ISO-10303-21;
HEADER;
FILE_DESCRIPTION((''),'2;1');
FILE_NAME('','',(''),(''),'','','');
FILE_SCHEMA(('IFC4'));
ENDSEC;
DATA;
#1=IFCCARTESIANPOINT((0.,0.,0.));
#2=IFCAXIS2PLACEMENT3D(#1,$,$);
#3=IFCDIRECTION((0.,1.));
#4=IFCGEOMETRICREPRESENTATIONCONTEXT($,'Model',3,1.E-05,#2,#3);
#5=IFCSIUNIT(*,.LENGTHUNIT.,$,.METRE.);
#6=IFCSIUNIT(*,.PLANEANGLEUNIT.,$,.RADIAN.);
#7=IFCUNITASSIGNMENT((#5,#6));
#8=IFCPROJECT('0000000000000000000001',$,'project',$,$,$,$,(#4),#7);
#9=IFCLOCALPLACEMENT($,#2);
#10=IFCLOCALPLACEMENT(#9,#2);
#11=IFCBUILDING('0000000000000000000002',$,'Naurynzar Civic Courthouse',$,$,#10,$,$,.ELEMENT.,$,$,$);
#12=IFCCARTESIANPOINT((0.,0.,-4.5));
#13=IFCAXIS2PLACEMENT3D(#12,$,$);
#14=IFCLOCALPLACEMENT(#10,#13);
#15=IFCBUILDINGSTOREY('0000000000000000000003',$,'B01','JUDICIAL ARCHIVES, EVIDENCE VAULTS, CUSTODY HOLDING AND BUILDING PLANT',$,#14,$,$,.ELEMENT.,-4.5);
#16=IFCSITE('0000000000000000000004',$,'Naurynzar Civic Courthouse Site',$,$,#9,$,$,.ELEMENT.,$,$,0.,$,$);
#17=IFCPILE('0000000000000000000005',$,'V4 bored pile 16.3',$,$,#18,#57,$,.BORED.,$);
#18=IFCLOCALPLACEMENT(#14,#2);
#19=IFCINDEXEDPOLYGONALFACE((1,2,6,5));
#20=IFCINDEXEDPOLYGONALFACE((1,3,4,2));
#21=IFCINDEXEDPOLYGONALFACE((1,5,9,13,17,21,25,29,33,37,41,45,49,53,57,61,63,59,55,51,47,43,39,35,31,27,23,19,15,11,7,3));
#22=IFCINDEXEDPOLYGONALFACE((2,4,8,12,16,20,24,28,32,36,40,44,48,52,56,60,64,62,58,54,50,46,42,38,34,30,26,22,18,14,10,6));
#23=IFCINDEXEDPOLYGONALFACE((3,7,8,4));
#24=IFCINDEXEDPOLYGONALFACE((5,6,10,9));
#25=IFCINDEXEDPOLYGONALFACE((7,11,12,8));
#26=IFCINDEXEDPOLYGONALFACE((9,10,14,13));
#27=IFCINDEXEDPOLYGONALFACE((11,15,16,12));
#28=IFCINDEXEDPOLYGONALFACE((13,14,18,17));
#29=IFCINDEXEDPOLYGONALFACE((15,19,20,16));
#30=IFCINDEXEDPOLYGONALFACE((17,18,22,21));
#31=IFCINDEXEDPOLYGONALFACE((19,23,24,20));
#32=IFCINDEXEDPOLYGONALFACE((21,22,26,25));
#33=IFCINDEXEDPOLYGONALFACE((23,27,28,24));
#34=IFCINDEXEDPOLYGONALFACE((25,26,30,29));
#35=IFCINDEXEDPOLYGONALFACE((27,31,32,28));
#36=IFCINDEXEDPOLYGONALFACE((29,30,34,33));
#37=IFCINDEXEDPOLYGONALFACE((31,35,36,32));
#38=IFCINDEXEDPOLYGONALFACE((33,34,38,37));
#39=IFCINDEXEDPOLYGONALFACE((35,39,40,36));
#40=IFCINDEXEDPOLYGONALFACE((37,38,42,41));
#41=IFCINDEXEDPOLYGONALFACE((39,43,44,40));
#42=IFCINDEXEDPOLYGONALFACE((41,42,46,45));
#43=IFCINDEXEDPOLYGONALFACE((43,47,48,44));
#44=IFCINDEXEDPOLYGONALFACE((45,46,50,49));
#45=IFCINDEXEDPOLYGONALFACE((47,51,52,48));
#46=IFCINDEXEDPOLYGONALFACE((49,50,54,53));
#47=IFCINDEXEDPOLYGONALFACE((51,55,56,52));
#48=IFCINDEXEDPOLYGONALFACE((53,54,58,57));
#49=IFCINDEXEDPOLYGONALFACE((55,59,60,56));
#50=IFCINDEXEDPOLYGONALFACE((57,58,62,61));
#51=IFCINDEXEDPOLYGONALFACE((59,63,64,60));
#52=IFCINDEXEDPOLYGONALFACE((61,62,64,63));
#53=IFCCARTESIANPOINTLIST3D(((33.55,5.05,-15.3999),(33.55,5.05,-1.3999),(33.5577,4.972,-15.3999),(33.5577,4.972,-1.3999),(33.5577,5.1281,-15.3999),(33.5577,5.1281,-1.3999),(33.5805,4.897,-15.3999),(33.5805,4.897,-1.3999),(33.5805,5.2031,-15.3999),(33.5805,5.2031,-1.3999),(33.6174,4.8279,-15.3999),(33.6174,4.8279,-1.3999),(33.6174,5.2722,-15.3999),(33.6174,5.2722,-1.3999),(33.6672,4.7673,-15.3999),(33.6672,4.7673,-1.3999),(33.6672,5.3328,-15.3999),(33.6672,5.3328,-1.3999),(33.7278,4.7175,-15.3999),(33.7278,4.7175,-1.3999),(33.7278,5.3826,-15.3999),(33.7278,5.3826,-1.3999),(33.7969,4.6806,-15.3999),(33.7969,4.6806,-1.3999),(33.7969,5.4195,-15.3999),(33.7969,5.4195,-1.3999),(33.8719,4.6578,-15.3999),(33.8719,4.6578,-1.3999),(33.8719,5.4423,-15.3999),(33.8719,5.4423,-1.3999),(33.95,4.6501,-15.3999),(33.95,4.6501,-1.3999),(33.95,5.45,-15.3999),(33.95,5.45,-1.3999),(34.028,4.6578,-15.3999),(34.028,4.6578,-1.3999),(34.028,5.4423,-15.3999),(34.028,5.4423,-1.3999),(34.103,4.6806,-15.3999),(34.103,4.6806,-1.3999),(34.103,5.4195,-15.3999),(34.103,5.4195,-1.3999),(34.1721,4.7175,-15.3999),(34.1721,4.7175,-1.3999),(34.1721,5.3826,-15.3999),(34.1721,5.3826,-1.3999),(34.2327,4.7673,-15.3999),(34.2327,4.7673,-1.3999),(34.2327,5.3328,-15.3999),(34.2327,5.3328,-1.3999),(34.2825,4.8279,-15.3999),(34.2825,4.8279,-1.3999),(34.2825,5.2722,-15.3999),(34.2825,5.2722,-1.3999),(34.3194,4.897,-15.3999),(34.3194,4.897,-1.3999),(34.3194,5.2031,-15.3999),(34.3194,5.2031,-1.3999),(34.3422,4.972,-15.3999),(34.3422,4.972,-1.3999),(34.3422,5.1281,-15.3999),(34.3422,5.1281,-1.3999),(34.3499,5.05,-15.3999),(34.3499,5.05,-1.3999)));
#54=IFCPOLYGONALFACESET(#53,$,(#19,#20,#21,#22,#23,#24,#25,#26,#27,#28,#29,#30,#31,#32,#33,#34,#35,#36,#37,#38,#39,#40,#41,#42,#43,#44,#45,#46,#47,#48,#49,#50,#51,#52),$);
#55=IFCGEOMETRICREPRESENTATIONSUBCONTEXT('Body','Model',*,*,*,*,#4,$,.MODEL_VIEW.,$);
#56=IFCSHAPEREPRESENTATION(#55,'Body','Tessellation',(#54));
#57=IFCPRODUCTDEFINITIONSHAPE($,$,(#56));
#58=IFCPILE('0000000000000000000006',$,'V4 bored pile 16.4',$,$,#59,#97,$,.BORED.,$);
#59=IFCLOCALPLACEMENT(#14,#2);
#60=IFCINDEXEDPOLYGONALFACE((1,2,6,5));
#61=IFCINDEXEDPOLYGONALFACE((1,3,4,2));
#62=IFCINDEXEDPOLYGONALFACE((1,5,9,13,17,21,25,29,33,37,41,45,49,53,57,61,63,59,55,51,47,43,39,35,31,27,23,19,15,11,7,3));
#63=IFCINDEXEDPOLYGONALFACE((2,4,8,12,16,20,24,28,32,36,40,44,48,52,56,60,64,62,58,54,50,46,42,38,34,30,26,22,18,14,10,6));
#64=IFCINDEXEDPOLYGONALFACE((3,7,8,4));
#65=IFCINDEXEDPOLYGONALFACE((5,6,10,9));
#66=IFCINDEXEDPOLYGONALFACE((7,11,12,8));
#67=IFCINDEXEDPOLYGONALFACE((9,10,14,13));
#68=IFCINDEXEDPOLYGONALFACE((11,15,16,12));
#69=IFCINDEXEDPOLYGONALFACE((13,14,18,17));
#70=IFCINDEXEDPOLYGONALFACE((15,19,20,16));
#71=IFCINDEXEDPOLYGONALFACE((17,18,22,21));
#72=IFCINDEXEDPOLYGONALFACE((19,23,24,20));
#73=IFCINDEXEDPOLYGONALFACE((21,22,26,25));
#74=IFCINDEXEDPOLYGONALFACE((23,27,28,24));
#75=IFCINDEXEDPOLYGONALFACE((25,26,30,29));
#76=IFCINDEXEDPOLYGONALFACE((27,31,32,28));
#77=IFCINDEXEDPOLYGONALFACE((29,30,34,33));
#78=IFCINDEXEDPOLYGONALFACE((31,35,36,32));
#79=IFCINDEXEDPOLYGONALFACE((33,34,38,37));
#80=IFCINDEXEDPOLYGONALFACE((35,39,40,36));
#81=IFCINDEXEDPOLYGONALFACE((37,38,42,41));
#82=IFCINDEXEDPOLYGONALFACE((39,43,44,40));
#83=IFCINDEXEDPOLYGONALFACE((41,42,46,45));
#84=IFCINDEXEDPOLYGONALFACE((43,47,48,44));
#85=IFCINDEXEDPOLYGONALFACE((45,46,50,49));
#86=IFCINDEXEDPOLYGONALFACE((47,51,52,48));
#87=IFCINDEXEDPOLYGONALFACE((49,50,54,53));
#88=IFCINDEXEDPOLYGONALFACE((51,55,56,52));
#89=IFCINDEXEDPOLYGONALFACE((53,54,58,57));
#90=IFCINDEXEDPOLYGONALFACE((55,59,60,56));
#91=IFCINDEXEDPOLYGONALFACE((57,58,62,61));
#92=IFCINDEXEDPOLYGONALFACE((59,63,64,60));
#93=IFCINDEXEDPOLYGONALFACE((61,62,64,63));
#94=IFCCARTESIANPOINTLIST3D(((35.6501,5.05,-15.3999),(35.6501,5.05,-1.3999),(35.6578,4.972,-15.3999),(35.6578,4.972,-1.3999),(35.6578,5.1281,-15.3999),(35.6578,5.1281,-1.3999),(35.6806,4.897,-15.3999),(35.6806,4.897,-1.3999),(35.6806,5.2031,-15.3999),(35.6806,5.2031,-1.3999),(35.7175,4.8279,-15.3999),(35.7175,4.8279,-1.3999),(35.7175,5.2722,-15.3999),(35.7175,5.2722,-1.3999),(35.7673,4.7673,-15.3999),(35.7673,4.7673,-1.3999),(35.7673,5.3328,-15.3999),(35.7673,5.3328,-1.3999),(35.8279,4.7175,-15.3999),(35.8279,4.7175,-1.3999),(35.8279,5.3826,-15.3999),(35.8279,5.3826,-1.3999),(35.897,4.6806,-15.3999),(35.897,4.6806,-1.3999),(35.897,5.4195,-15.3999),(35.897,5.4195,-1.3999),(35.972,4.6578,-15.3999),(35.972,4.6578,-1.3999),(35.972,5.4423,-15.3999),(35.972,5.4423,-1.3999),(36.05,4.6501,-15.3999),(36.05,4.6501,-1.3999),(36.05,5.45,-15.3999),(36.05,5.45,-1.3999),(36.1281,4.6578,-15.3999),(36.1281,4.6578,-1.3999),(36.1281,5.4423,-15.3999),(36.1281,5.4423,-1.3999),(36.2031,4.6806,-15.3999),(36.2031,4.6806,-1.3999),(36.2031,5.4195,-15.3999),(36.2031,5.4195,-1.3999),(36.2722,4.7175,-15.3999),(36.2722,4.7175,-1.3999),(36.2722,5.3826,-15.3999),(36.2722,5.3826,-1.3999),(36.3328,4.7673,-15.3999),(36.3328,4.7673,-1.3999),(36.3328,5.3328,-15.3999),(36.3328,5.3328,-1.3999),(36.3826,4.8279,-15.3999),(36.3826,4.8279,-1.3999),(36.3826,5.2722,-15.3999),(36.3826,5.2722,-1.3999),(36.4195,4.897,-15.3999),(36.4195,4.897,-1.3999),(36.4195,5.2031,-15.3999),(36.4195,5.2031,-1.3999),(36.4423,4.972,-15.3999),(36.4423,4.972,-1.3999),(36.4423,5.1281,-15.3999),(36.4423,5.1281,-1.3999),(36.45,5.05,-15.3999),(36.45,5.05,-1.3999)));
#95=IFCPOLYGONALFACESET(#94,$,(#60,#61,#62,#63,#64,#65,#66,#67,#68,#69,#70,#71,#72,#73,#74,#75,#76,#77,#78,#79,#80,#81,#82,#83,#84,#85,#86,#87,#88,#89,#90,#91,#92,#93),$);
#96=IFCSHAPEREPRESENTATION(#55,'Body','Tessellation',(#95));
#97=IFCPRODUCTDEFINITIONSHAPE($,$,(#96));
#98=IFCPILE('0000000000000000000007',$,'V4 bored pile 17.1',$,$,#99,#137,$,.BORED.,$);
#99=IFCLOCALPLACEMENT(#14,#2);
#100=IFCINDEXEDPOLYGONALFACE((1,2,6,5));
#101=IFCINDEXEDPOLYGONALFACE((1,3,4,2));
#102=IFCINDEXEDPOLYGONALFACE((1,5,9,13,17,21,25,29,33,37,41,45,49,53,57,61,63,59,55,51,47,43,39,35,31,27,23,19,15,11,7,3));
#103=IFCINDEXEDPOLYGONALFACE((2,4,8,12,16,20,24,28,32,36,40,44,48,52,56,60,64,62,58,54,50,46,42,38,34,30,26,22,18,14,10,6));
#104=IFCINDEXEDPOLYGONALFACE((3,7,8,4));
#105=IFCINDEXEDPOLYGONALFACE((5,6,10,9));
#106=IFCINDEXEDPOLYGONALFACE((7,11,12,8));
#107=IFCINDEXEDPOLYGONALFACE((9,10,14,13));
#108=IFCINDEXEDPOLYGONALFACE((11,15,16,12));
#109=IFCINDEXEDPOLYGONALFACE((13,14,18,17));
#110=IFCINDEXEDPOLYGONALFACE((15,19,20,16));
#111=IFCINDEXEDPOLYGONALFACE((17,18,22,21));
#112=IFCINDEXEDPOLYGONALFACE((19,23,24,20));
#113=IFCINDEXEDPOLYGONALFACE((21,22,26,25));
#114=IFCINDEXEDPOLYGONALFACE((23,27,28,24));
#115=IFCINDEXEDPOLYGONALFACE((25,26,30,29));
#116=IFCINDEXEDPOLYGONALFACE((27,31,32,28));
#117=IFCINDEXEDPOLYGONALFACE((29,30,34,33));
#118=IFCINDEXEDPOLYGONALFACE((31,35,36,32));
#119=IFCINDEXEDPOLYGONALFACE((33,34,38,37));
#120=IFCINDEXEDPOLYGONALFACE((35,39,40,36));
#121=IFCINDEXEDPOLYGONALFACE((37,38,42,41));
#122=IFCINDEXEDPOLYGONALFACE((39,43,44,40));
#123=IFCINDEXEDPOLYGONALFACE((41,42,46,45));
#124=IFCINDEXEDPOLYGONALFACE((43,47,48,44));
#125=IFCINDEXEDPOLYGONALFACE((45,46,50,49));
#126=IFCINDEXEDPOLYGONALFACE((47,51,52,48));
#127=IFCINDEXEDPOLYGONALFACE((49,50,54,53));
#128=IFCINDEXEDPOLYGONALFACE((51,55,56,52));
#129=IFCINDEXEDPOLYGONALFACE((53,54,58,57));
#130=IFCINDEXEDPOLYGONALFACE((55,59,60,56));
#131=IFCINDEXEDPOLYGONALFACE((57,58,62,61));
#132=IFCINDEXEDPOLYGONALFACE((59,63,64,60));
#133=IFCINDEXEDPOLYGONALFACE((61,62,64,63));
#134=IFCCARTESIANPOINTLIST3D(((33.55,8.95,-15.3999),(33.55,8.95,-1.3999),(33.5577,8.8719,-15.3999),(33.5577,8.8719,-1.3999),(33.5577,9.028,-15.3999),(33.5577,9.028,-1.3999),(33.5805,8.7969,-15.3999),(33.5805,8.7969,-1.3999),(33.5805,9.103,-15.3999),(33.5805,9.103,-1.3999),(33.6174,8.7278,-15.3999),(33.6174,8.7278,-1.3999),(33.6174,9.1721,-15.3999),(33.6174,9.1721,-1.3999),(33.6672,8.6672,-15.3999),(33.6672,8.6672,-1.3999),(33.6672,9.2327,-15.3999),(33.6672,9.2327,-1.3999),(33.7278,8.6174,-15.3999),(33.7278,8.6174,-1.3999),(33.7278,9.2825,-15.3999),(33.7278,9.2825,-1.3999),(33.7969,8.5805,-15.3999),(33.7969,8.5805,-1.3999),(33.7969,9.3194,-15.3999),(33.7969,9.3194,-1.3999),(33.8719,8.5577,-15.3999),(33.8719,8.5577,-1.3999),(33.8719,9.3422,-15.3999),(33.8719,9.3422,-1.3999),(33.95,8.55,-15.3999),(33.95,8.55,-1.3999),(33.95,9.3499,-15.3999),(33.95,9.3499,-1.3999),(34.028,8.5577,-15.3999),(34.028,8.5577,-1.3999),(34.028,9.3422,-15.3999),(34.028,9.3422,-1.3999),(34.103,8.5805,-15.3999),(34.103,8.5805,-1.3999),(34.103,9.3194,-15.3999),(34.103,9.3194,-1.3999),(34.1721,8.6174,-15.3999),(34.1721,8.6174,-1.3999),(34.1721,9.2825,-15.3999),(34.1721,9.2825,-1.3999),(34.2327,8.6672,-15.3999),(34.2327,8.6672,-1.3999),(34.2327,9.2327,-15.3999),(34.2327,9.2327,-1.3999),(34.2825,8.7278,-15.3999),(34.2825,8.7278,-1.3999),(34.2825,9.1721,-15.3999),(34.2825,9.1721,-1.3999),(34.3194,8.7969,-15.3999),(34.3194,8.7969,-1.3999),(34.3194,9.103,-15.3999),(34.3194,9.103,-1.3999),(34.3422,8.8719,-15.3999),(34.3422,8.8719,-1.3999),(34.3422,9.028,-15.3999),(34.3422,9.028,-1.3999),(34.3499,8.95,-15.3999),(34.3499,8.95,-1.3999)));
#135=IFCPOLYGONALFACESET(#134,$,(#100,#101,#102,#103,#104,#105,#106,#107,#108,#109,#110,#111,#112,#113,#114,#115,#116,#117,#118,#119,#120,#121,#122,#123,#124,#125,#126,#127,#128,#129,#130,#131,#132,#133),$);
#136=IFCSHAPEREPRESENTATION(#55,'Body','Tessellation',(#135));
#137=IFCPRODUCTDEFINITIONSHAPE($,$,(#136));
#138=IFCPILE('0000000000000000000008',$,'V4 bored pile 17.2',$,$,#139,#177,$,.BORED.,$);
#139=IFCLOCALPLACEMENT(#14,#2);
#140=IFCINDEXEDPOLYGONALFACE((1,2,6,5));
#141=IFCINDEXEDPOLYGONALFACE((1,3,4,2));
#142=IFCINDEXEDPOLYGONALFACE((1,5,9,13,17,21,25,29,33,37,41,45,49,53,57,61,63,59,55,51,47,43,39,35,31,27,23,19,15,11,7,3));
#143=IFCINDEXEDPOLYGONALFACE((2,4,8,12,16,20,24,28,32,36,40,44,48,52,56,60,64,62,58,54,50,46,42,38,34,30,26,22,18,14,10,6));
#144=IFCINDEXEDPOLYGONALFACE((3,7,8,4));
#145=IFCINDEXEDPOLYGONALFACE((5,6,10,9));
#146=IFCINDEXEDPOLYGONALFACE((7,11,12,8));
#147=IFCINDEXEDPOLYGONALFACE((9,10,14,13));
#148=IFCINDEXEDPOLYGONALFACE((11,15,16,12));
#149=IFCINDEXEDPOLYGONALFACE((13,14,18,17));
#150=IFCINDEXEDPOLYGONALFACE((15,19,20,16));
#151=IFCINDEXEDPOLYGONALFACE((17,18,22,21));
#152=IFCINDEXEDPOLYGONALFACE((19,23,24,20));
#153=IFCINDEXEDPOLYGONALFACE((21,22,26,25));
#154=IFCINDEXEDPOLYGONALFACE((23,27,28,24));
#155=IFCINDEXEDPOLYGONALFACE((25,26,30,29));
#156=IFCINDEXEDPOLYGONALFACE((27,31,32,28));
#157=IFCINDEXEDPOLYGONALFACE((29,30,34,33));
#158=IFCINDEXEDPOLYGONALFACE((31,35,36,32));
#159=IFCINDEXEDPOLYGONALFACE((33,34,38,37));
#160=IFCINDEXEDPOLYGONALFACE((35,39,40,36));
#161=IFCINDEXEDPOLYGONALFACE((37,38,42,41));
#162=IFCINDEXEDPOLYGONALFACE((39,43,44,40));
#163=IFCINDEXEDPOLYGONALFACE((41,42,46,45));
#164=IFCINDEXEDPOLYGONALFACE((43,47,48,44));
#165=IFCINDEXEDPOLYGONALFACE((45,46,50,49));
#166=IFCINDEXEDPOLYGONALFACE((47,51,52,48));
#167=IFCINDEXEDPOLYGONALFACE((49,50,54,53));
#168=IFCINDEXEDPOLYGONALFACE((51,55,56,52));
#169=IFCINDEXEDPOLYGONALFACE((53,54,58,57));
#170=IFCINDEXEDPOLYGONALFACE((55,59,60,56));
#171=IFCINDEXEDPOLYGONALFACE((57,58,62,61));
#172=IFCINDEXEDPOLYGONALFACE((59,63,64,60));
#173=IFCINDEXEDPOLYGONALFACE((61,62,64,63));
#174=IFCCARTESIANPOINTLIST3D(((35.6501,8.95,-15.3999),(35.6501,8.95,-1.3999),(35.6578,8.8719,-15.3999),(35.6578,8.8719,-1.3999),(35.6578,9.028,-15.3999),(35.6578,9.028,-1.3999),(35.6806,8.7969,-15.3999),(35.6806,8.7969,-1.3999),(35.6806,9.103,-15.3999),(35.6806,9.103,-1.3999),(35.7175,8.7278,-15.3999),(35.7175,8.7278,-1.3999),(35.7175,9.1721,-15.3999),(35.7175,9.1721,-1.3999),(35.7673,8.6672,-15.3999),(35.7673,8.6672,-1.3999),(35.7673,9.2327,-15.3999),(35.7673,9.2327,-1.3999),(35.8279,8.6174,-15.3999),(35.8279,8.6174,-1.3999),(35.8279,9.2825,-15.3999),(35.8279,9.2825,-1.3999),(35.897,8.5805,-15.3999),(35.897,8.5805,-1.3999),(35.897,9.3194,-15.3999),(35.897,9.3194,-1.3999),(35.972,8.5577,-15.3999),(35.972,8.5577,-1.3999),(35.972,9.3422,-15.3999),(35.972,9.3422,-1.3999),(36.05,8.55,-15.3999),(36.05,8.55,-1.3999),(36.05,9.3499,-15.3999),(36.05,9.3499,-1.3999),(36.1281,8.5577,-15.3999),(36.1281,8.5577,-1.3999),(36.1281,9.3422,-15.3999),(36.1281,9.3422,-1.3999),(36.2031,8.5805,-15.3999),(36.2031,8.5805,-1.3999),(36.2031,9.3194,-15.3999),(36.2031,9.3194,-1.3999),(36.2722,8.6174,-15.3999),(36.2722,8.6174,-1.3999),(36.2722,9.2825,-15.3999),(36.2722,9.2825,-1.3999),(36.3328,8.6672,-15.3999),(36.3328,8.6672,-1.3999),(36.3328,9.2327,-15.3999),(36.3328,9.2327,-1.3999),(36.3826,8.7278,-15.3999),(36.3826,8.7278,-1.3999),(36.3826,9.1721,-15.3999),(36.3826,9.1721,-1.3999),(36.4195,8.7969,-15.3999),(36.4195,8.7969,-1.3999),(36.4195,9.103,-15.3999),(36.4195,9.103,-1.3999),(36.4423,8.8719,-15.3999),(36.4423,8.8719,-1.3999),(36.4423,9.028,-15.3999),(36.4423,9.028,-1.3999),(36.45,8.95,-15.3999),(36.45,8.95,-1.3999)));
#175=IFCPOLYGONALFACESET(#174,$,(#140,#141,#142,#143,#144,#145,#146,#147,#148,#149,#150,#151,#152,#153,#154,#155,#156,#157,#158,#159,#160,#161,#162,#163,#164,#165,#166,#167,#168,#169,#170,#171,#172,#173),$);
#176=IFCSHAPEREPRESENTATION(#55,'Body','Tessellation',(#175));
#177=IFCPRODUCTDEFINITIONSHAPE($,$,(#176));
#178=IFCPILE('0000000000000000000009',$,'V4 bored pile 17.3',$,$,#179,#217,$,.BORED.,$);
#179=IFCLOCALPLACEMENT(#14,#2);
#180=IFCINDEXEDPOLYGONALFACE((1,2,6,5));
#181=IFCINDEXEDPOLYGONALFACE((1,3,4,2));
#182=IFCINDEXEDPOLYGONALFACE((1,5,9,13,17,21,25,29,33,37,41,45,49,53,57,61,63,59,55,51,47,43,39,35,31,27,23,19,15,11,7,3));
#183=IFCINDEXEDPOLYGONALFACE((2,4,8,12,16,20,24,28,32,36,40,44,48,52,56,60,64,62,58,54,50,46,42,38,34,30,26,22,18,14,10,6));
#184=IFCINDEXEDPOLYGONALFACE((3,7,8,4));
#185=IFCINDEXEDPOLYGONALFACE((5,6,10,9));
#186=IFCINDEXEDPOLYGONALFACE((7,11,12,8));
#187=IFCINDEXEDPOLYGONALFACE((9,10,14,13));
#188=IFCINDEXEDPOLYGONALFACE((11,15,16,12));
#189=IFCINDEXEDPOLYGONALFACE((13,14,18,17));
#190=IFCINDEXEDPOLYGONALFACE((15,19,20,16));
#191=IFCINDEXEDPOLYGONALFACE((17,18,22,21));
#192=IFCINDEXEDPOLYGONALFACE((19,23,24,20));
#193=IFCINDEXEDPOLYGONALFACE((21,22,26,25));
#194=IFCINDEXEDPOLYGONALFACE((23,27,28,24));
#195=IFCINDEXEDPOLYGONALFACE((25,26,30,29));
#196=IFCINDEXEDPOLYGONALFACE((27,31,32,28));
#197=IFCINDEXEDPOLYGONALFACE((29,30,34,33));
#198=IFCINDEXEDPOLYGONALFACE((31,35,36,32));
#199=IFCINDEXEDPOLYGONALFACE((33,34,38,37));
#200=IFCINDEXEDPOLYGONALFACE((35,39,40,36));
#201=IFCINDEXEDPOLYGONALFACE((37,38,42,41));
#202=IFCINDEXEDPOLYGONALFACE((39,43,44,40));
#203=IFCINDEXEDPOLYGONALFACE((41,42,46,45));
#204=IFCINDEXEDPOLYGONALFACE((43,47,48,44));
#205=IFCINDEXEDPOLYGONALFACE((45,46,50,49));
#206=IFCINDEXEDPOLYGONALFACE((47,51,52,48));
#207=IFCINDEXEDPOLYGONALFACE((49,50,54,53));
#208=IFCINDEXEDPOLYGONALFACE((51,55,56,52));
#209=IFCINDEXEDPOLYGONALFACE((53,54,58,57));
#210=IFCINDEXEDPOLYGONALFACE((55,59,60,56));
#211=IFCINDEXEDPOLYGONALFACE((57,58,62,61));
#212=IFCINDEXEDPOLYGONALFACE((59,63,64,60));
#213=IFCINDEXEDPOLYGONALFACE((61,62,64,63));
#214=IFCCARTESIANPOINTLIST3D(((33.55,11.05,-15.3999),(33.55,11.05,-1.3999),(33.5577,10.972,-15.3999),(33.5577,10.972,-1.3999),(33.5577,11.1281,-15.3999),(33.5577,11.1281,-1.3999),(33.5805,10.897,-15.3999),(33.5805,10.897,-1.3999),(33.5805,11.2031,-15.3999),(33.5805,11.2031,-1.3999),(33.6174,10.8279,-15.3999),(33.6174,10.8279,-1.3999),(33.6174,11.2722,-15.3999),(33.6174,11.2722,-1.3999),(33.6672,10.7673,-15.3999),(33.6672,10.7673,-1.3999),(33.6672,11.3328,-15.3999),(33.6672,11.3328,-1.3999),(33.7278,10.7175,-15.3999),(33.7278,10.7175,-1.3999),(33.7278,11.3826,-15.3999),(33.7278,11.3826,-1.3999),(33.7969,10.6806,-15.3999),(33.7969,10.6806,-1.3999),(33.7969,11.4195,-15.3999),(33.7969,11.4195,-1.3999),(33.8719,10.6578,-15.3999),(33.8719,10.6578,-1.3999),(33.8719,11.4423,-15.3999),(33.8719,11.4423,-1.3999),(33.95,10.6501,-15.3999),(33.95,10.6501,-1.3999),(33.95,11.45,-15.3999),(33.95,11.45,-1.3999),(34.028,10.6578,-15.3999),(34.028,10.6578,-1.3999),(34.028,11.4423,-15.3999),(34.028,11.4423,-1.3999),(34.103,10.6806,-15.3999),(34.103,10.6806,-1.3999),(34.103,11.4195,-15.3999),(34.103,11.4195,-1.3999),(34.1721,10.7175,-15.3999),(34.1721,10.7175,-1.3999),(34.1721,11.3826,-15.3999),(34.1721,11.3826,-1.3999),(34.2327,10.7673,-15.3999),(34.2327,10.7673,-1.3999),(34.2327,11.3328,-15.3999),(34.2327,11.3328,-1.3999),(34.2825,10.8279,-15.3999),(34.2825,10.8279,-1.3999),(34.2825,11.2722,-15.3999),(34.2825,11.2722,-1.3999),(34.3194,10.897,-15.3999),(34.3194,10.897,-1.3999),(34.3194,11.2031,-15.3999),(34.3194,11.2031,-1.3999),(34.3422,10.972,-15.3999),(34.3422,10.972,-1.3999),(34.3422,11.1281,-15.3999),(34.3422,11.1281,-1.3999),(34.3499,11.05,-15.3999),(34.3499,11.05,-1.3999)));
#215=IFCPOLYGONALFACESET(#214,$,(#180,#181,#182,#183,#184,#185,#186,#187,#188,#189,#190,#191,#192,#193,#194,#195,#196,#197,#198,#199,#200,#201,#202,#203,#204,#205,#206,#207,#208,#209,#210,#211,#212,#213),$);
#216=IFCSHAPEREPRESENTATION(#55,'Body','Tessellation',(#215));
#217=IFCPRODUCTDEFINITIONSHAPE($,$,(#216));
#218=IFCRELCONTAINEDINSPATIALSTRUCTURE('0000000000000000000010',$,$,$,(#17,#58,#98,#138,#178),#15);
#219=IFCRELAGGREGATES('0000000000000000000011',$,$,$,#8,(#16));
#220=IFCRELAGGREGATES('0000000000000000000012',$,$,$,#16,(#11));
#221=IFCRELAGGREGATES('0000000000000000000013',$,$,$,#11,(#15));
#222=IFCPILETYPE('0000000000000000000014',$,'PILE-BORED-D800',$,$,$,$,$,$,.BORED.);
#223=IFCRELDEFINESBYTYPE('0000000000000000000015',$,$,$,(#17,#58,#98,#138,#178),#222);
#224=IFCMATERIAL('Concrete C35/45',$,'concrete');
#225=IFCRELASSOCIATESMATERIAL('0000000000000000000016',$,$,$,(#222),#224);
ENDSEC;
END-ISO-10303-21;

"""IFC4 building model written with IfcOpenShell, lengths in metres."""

from ifc_helpers import new_model, si_unit, direction, frame, origin, origin_2d, place, context, subcontext, project, spatial, circle, extrude, material, material_profile, profile_set, type_object, element, save


model = new_model("IFC4")

# Units and contexts
model_context = context("Model", 3, precision=1e-05, world=origin(), true_north=direction((0.0, 1.0)))
body_context = subcontext(model_context, "Body", "Model", "MODEL_VIEW")
ifc_project = project(units=[si_unit("LENGTHUNIT", "METRE"), si_unit("PLANEANGLEUNIT", "RADIAN")], contexts=[model_context])

# Site, building, storey
site_placement = place(None, origin())
site = spatial("IfcSite", under=ifc_project, at=site_placement, Name="Naurynzar Civic Courthouse Site", CompositionType="ELEMENT", RefElevation=0.0)
building_placement = place(site_placement, origin())
building = spatial("IfcBuilding", under=site, at=building_placement, Name="Naurynzar Civic Courthouse", CompositionType="ELEMENT")
storey_placement = place(building_placement, frame((0.0, 0.0, -4.5)))
storey = spatial("IfcBuildingStorey", under=building, at=storey_placement, Name="B01", Description="JUDICIAL ARCHIVES, EVIDENCE VAULTS, CUSTODY HOLDING AND BUILDING PLANT", CompositionType="ELEMENT", Elevation=-4.5)

# Piles
ifc_material_1 = material(Name="Concrete C35/45", Category="concrete")
ifc_material_profile_1 = material_profile(ifc_material_1, circle(Radius=0.3999, at=origin_2d()), Name="PILE D800")
ifc_profile_set_1 = profile_set([ifc_material_profile_1], Name="Concrete C35/45")
pile_type = type_object("IfcPileType", Name="PILE-BORED-D800", PredefinedType="BORED", material=ifc_profile_set_1)
for number, where, z_axis, x_axis, name in (
    (1, (33.95, 5.05, -1.3999), (0.0, 0.0, -1.0), (1.0, 0.0, 0.0), "V4 bored pile 16.3"),
    (2, (36.05, 5.05, -1.3999), (0.0, 0.0, -1.0), (1.0, 0.0, 0.0), "V4 bored pile 16.4"),
    (3, (33.95, 8.95, -1.3999), (0.0, 0.0, -1.0), (1.0, 0.0, 0.0), "V4 bored pile 17.1"),
    (4, (36.05, 8.95, -1.3999), (0.0, 0.0, -1.0), (1.0, 0.0, 0.0), "V4 bored pile 17.2"),
    (5, (33.95, 11.05, -1.3999), (0.0, 0.0, -1.0), (1.0, 0.0, 0.0), "V4 bored pile 17.3"),
):
    element("IfcPile", number, at=place(storey_placement, frame(where, z_axis=z_axis, x_axis=x_axis)), inside=storey, type_object=pile_type, Name=name, PredefinedType="BORED", context=body_context, shape_type="SweptSolid", body=[
        extrude(circle(Radius=0.3999, at=origin_2d()), origin(), (0.0, 0.0, 1.0), 14.0),
    ])

save(model, "model.ifc")
